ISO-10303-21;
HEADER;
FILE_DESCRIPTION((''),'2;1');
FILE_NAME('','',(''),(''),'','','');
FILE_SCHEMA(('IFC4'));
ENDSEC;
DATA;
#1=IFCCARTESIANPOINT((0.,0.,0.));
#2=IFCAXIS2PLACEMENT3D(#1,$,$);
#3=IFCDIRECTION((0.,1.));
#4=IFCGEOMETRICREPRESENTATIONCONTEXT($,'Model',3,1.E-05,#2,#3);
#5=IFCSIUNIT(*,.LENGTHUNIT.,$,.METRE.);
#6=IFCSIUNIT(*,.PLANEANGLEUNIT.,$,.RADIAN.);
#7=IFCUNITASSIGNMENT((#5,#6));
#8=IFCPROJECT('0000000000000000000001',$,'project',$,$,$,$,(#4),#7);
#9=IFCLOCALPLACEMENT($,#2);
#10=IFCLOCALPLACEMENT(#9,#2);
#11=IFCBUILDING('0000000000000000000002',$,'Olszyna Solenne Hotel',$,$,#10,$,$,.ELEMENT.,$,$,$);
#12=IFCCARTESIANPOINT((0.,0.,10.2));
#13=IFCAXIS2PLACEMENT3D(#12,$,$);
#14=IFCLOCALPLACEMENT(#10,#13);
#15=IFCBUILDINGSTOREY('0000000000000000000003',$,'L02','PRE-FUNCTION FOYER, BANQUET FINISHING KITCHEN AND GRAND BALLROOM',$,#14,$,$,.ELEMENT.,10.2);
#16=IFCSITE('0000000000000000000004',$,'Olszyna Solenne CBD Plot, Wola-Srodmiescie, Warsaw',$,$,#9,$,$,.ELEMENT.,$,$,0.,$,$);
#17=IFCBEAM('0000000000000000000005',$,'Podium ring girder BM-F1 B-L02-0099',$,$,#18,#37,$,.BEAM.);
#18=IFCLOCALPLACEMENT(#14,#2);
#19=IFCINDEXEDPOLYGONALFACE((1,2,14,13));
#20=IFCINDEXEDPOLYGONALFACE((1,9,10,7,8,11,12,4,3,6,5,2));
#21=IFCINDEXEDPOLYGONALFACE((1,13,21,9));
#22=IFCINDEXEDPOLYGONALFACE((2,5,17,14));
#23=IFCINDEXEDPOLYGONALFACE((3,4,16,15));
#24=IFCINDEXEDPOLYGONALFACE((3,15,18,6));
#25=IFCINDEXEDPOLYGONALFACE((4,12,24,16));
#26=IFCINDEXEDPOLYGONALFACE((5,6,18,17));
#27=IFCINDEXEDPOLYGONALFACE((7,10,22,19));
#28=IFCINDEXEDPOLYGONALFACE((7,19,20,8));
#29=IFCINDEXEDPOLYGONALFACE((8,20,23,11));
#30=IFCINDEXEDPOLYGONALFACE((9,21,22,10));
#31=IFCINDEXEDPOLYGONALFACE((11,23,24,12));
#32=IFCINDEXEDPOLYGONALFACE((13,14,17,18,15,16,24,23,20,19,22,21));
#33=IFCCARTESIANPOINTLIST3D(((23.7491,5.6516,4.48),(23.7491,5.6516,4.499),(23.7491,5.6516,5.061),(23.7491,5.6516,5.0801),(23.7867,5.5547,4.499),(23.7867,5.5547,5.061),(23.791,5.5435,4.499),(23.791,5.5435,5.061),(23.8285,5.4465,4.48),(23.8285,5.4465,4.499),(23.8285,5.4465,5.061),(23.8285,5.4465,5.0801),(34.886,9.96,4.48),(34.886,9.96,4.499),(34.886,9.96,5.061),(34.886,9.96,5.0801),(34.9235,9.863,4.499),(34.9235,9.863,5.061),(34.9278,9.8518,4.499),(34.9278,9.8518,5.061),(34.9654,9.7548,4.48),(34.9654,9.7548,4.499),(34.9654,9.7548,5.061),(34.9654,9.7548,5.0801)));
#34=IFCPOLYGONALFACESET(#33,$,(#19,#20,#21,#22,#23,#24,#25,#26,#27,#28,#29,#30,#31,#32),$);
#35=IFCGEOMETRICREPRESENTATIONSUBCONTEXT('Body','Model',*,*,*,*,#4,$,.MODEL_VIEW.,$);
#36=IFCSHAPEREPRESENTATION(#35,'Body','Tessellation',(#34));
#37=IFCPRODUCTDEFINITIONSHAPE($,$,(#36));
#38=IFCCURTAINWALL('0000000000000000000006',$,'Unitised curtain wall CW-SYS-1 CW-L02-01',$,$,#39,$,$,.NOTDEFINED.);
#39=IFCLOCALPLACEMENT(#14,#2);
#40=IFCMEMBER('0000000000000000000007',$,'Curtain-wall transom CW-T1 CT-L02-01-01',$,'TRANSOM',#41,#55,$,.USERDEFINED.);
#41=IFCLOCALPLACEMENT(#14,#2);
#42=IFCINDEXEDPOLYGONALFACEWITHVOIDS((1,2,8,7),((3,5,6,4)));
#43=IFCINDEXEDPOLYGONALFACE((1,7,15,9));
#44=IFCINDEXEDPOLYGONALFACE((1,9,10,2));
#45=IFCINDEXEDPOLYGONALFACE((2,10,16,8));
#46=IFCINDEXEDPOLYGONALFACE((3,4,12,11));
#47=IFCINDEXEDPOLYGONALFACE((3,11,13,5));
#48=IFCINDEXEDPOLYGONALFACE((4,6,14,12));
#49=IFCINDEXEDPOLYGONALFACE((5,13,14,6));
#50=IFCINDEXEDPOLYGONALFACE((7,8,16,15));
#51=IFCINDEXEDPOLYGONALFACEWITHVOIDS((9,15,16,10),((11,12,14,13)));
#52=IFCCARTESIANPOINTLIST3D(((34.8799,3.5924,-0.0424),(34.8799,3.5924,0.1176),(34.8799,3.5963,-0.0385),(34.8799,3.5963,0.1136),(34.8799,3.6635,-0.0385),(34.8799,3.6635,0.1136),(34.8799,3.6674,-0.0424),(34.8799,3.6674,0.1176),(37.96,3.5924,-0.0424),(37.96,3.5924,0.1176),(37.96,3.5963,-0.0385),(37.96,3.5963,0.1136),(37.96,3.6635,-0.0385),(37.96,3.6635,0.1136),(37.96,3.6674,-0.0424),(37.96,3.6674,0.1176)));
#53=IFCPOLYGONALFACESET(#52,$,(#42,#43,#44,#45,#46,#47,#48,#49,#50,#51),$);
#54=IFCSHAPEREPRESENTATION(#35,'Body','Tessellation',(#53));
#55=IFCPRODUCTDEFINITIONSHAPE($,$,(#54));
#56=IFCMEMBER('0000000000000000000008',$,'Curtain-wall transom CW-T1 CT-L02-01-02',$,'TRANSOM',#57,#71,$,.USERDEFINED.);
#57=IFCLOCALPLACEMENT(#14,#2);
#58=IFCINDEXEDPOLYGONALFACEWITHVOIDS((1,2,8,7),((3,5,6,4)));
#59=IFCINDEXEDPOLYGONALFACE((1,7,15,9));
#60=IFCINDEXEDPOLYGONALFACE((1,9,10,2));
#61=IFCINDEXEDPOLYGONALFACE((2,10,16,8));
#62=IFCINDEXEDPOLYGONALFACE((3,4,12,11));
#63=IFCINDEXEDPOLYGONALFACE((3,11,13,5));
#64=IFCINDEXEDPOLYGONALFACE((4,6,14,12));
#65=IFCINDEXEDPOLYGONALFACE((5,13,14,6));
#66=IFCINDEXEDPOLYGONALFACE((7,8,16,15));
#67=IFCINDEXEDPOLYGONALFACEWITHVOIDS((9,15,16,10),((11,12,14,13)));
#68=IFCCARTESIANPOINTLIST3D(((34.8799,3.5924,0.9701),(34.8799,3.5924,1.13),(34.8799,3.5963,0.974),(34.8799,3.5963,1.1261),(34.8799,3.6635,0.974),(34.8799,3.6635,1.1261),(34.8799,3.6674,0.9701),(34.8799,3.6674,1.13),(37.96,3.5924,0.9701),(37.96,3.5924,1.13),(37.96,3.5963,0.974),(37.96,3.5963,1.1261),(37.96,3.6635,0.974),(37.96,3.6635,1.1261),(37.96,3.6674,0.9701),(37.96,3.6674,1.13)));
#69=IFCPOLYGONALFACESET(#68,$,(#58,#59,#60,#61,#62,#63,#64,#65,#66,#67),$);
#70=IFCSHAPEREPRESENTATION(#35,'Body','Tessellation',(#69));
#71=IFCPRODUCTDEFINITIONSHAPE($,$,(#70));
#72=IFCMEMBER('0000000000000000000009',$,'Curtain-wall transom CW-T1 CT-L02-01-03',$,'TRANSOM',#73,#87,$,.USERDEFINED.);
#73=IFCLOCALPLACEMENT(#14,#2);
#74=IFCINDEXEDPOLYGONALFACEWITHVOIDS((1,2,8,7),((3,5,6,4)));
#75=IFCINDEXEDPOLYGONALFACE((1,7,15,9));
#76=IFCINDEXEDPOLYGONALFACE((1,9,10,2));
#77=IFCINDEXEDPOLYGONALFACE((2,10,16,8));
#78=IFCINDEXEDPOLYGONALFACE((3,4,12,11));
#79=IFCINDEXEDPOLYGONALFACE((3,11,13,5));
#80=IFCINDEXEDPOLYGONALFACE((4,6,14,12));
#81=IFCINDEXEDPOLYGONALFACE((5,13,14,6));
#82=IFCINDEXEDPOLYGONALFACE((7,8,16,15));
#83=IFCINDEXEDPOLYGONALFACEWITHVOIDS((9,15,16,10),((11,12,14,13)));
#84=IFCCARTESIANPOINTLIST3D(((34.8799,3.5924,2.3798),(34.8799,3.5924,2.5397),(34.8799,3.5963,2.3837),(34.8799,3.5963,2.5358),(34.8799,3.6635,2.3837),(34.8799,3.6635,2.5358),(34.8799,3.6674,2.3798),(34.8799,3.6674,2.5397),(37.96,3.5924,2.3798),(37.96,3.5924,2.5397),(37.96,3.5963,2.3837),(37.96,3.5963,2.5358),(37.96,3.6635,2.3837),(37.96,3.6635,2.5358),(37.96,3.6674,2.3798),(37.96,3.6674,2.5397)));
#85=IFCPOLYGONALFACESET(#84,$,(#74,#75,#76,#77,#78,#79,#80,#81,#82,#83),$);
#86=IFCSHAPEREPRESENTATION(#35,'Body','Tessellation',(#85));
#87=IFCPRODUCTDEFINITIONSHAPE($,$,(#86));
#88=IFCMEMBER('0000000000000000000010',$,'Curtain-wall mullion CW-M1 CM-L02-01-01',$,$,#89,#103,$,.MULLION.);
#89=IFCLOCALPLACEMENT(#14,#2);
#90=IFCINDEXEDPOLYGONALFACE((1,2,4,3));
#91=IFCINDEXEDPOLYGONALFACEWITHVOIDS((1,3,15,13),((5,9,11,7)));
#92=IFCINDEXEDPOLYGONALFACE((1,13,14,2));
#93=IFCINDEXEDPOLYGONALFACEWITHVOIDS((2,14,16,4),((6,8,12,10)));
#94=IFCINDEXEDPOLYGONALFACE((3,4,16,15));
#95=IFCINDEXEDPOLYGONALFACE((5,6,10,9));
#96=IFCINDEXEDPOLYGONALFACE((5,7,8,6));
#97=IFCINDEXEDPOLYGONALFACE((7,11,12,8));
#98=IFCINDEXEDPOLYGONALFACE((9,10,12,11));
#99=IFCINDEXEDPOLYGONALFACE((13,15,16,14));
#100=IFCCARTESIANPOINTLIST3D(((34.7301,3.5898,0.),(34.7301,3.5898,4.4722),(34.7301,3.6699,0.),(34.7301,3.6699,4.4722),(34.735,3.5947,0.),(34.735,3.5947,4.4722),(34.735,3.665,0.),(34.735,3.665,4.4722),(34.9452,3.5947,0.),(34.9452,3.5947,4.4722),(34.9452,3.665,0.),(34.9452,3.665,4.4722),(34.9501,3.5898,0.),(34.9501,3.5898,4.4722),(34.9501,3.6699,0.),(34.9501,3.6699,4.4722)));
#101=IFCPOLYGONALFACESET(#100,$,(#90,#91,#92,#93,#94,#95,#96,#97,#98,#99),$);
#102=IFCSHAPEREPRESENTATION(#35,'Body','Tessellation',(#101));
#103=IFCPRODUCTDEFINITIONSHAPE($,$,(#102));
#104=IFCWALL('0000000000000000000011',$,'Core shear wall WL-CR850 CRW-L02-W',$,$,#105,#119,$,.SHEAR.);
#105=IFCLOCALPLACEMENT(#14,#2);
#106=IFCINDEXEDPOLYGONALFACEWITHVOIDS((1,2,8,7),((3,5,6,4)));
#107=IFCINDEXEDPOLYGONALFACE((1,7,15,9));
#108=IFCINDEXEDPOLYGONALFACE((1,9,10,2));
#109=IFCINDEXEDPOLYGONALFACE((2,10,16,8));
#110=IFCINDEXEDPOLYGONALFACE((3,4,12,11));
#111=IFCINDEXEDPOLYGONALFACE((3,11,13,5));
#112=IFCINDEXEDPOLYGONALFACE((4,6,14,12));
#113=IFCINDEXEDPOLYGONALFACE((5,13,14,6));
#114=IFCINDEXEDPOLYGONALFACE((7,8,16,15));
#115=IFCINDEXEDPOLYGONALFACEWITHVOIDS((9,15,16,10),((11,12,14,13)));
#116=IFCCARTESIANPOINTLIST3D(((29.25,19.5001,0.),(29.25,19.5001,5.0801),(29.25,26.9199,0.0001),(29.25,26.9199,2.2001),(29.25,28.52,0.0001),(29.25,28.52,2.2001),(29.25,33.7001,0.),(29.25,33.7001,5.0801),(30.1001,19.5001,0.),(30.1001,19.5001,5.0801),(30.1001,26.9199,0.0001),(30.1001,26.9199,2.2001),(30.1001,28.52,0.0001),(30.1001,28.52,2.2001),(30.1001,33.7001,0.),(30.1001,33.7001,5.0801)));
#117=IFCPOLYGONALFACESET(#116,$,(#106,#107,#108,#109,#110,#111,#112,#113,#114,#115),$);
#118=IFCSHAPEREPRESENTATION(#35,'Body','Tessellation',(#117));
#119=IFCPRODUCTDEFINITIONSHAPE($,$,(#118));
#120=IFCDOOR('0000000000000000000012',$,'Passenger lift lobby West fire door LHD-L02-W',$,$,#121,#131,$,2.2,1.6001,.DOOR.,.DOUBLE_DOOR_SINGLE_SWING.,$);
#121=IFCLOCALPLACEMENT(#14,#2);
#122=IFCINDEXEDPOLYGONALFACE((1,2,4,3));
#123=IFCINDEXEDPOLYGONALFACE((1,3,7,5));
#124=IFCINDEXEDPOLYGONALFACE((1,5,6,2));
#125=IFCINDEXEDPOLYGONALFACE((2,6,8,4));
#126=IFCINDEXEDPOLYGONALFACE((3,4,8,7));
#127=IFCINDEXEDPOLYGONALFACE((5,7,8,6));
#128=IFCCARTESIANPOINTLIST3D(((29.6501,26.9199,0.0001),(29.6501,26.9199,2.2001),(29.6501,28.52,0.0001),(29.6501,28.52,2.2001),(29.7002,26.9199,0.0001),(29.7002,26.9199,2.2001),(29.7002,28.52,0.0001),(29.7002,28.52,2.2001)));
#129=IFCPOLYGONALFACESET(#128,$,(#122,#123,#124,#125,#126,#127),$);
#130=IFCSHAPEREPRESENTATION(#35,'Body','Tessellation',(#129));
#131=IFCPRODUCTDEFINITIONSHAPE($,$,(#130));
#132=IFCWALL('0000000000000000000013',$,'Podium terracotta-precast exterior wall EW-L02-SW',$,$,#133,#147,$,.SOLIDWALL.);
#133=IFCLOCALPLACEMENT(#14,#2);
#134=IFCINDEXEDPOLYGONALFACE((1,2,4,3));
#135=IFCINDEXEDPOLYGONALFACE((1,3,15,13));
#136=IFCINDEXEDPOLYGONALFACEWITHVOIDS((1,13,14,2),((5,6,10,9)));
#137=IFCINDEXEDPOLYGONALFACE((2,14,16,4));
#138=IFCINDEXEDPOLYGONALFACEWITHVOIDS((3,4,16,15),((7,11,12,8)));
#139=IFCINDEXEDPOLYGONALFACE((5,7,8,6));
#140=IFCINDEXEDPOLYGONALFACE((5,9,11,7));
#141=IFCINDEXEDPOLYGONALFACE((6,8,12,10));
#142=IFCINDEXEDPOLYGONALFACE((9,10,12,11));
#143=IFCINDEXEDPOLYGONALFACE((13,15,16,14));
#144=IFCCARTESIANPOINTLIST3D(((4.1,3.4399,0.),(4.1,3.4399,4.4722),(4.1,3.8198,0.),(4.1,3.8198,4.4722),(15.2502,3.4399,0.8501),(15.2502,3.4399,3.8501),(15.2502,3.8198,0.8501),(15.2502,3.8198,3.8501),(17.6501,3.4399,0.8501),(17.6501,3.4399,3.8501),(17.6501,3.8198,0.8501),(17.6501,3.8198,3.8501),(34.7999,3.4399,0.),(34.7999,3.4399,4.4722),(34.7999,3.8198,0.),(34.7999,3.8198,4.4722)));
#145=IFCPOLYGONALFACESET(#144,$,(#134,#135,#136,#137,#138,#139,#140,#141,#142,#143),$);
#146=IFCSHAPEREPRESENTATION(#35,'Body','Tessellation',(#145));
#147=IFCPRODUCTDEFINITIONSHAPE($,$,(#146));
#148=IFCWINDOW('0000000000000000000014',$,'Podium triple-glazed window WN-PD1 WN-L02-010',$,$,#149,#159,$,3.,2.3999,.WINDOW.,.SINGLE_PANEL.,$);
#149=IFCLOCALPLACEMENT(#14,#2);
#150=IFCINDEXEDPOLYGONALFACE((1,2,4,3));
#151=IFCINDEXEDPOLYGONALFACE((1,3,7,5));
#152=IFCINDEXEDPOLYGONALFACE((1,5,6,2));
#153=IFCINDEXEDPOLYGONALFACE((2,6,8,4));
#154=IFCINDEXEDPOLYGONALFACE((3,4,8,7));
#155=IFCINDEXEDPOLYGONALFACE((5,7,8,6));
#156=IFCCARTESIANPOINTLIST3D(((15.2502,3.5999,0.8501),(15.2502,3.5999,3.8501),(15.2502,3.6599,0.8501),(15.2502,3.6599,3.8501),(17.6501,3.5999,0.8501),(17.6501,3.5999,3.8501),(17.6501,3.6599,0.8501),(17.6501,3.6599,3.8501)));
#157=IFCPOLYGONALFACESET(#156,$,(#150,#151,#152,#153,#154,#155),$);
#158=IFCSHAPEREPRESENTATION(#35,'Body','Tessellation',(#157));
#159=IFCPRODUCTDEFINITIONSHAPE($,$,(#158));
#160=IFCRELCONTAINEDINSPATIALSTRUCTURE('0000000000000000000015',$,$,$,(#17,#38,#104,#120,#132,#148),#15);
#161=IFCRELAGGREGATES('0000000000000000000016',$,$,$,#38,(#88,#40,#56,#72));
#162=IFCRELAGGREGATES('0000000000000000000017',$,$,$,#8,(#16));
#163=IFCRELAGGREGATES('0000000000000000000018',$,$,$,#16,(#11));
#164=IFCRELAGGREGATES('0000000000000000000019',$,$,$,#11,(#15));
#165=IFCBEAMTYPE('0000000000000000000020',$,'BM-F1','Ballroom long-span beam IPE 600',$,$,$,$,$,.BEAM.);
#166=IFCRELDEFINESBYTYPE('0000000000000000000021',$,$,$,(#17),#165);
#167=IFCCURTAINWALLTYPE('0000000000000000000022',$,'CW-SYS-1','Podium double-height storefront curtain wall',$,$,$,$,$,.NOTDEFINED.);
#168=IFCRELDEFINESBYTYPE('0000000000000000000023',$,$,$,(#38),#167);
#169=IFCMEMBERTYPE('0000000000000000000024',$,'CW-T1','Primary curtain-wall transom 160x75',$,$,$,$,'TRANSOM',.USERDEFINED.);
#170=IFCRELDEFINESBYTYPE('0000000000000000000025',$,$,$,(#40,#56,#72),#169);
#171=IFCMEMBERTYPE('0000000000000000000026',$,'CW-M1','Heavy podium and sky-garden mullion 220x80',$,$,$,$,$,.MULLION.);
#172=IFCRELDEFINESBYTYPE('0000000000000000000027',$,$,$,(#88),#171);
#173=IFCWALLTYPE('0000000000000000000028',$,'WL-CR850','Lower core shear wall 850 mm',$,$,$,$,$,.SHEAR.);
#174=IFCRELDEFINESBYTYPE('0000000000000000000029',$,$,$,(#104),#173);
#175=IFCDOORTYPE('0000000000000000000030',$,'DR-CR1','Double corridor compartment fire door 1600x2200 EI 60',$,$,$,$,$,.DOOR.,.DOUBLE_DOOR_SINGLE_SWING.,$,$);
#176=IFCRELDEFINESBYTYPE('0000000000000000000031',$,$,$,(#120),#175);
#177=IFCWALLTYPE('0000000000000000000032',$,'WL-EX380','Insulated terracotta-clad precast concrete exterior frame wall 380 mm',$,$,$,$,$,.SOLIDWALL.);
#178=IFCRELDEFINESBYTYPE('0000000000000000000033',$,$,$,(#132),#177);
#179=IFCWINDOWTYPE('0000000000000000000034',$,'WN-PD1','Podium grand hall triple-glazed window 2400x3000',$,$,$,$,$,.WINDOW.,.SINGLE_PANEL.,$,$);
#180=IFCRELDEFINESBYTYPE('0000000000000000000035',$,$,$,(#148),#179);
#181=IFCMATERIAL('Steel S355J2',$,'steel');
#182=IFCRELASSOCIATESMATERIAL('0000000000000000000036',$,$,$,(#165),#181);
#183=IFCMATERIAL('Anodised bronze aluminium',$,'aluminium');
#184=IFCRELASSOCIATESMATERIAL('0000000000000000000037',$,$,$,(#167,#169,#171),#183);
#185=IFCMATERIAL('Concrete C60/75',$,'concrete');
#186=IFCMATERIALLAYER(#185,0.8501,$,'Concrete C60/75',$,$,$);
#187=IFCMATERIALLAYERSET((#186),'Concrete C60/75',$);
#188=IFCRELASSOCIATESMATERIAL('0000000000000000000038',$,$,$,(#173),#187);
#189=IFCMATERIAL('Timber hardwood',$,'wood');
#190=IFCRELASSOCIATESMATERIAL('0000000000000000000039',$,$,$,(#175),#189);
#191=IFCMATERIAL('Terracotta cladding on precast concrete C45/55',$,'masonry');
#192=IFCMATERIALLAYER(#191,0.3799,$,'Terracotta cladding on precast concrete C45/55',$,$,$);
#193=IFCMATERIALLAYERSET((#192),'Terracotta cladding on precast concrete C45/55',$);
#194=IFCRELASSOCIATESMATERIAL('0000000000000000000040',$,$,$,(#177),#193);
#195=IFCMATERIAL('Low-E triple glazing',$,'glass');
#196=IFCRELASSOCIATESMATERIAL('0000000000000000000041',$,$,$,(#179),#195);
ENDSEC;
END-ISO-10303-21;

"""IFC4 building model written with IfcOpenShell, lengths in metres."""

from ifc_helpers import new_model, si_unit, direction, frame, frame_2d, origin, origin_2d, place, context, subcontext, project, spatial, rectangle, hollow_rectangle, i_section, extrude, source, transform, mapped, material, layer, layer_set, material_profile, profile_set, type_object, type_shapes, element, fill, aggregate, save


model = new_model("IFC4")

# Units and contexts
model_context = context("Model", 3, precision=1e-05, world=origin(), true_north=direction((0.0, 1.0)))
body_context = subcontext(model_context, "Body", "Model", "MODEL_VIEW")
ifc_project = project(units=[si_unit("LENGTHUNIT", "METRE"), si_unit("PLANEANGLEUNIT", "RADIAN")], contexts=[model_context])

# Site, building, storey
site_placement = place(None, origin())
site = spatial("IfcSite", under=ifc_project, at=site_placement, Name="Olszyna Solenne CBD Plot, Wola-Srodmiescie, Warsaw", CompositionType="ELEMENT", RefElevation=0.0)
building_placement = place(site_placement, origin())
building = spatial("IfcBuilding", under=site, at=building_placement, Name="Olszyna Solenne Hotel", CompositionType="ELEMENT")
storey_placement = place(building_placement, frame((0.0, 0.0, 10.2)))
storey = spatial("IfcBuildingStorey", under=building, at=storey_placement, Name="L02", Description="PRE-FUNCTION FOYER, BANQUET FINISHING KITCHEN AND GRAND BALLROOM", CompositionType="ELEMENT", Elevation=10.2)

# Beam
ifc_material_1 = material(Name="Steel S355J2", Category="steel")
ifc_material_profile_1 = material_profile(ifc_material_1, i_section(OverallWidth=0.22, OverallDepth=0.6001, WebThickness=0.012, FlangeThickness=0.019, at=origin_2d()), Name="IPE 600", Category="load-bearing")
ifc_profile_set_1 = profile_set([ifc_material_profile_1], Name="Steel S355J2")
beam_type = type_object("IfcBeamType", Name="BM-F1", Description="Ballroom long-span beam IPE 600", PredefinedType="BEAM", material=ifc_profile_set_1)
shared_shape_1 = source(origin(), body_context, "Body", "SweptSolid", [
    extrude(i_section(OverallWidth=0.22, OverallDepth=0.6001, WebThickness=0.012, FlangeThickness=0.019, at=origin_2d()), origin(), (0.0, 0.0, 1.0), 11.9412),
])
beam_placement = place(storey_placement, frame((23.7888, 5.5491, 4.78), z_axis=(0.932645, 0.360795, 0.0), x_axis=(-0.360795, 0.932645, 0.0)))
element("IfcBeam", 1, at=beam_placement, inside=storey, type_object=beam_type, Name="Podium ring girder BM-F1 B-L02-0099", PredefinedType="BEAM", context=body_context, shape_type="MappedRepresentation", body=[
    mapped(shared_shape_1, transform((0.0, 0.0, 0.0), x_axis=(1.0, 0.0, 0.0), y_axis=(0.0, 1.0, 0.0), z_axis=(0.0, 0.0, 1.0), scale=1.0)),
])

# Curtain wall, members
ifc_material_2 = material(Name="Anodised bronze aluminium", Category="aluminium")
curtain_wall_type = type_object("IfcCurtainWallType", Name="CW-SYS-1", Description="Podium double-height storefront curtain wall", PredefinedType="NOTDEFINED", material=ifc_material_2)
curtain_wall_placement = place(storey_placement, origin())
curtain_wall = element("IfcCurtainWall", 2, at=curtain_wall_placement, inside=storey, type_object=curtain_wall_type, Name="Unitised curtain wall CW-SYS-1 CW-L02-01", PredefinedType="NOTDEFINED")
ifc_material_profile_2 = material_profile(ifc_material_2, hollow_rectangle(XDim=0.075, YDim=0.1599, WallThickness=0.0039, at=origin_2d()), Name="TRAN 160x75x4", Category="load-bearing")
ifc_profile_set_2 = profile_set([ifc_material_profile_2], Name="Anodised bronze aluminium")
member_type_1 = type_object("IfcMemberType", Name="CW-T1", Description="Primary curtain-wall transom 160x75", ElementType="TRANSOM", PredefinedType="USERDEFINED", material=ifc_profile_set_2)
shared_shape_2 = source(origin(), body_context, "Body", "SweptSolid", [
    extrude(hollow_rectangle(XDim=0.075, YDim=0.1599, WallThickness=0.0039, at=origin_2d()), origin(), (0.0, 0.0, 1.0), 3.0801),
])
member_1_placement = place(storey_placement, frame((34.8799, 3.6299, 0.0376), z_axis=(1.0, 0.0, 0.0), x_axis=(0.0, 1.0, 0.0)))
member_1 = element("IfcMember", 3, at=member_1_placement, type_object=member_type_1, Name="Curtain-wall transom CW-T1 CT-L02-01-01", ObjectType="TRANSOM", PredefinedType="USERDEFINED", context=body_context, shape_type="MappedRepresentation", body=[
    mapped(shared_shape_2, transform((0.0, 0.0, 0.0), x_axis=(1.0, 0.0, 0.0), y_axis=(0.0, 1.0, 0.0), z_axis=(0.0, 0.0, 1.0), scale=1.0)),
])
member_2_placement = place(storey_placement, frame((34.8799, 3.6299, 1.05), z_axis=(1.0, 0.0, 0.0), x_axis=(0.0, 1.0, 0.0)))
member_2 = element("IfcMember", 4, at=member_2_placement, type_object=member_type_1, Name="Curtain-wall transom CW-T1 CT-L02-01-02", ObjectType="TRANSOM", PredefinedType="USERDEFINED", context=body_context, shape_type="MappedRepresentation", body=[
    mapped(shared_shape_2, transform((0.0, 0.0, 0.0), x_axis=(1.0, 0.0, 0.0), y_axis=(0.0, 1.0, 0.0), z_axis=(0.0, 0.0, 1.0), scale=1.0)),
])
member_3_placement = place(storey_placement, frame((34.8799, 3.6299, 2.4597), z_axis=(1.0, 0.0, 0.0), x_axis=(0.0, 1.0, 0.0)))
member_3 = element("IfcMember", 5, at=member_3_placement, type_object=member_type_1, Name="Curtain-wall transom CW-T1 CT-L02-01-03", ObjectType="TRANSOM", PredefinedType="USERDEFINED", context=body_context, shape_type="MappedRepresentation", body=[
    mapped(shared_shape_2, transform((0.0, 0.0, 0.0), x_axis=(1.0, 0.0, 0.0), y_axis=(0.0, 1.0, 0.0), z_axis=(0.0, 0.0, 1.0), scale=1.0)),
])
ifc_material_profile_3 = material_profile(ifc_material_2, hollow_rectangle(XDim=0.0801, YDim=0.22, WallThickness=0.0049, at=origin_2d()), Name="MULL 220x80x5", Category="load-bearing")
ifc_profile_set_3 = profile_set([ifc_material_profile_3], Name="Anodised bronze aluminium")
member_type_2 = type_object("IfcMemberType", Name="CW-M1", Description="Heavy podium and sky-garden mullion 220x80", PredefinedType="MULLION", material=ifc_profile_set_3)
shared_shape_3 = source(origin(), body_context, "Body", "SweptSolid", [
    extrude(hollow_rectangle(XDim=0.0801, YDim=0.22, WallThickness=0.0049, at=origin_2d()), origin(), (0.0, 0.0, 1.0), 4.4722),
])
member_4_placement = place(storey_placement, frame((34.8401, 3.6299, 0.0), z_axis=(0.0, 0.0, 1.0), x_axis=(0.0, 1.0, 0.0)))
member_4 = element("IfcMember", 6, at=member_4_placement, type_object=member_type_2, Name="Curtain-wall mullion CW-M1 CM-L02-01-01", PredefinedType="MULLION", context=body_context, shape_type="MappedRepresentation", body=[
    mapped(shared_shape_3, transform((0.0, 0.0, 0.0), x_axis=(1.0, 0.0, 0.0), y_axis=(0.0, 1.0, 0.0), z_axis=(0.0, 0.0, 1.0), scale=1.0)),
])
aggregate(curtain_wall, [member_4, member_1, member_2, member_3])

# Wall, opening, door
ifc_material_3 = material(Name="Concrete C60/75", Category="concrete")
ifc_layer_1 = layer(ifc_material_3, 0.8501, Name="Concrete C60/75")
ifc_layer_set_1 = layer_set([ifc_layer_1], Name="Concrete C60/75")
wall_type_1 = type_object("IfcWallType", Name="WL-CR850", Description="Lower core shear wall 850 mm", PredefinedType="SHEAR", material=ifc_layer_set_1)
wall_1_placement = place(storey_placement, frame((29.675, 19.5, 0.0), z_axis=(0.0, 0.0, 1.0), x_axis=(0.0, 1.0, 0.0)))
wall_1 = element("IfcWall", 7, at=wall_1_placement, inside=storey, type_object=wall_type_1, Name="Core shear wall WL-CR850 CRW-L02-W", PredefinedType="SHEAR", context=body_context, shape_type="SweptSolid", body=[
    extrude(rectangle(XDim=14.2, YDim=0.8501, at=frame_2d((7.1001, 0.0))), origin(), (0.0, 0.0, 1.0), 5.0801),
])
opening_1_placement = place(wall_1_placement, frame((7.4199, 0.0, 0.0)))
opening_1 = element("IfcOpeningElement", 8, at=opening_1_placement, cuts=wall_1, PredefinedType="OPENING", context=body_context, shape_type="SweptSolid", body=[
    extrude(rectangle(XDim=1.6001, YDim=2.2, at=frame_2d((0.8, 1.1001))), frame((0.0, 0.4351, 0.0), z_axis=(0.0, -1.0, 0.0), x_axis=(1.0, 0.0, 0.0)), (0.0, 0.0, 1.0), 0.8701),
])
ifc_material_4 = material(Name="Timber hardwood", Category="wood")
door_type_1 = type_object("IfcDoorType", Name="DR-CR1", Description="Double corridor compartment fire door 1600x2200 EI 60", OperationType="DOUBLE_DOOR_SINGLE_SWING", PredefinedType="DOOR", material=ifc_material_4)
shared_shape_4 = source(origin(), body_context, "Body", "SweptSolid", [
    extrude(rectangle(XDim=1.6001, YDim=2.2, at=frame_2d((0.8, 1.1001))), frame((0.0, 0.0249, 0.0), z_axis=(0.0, -1.0, 0.0), x_axis=(1.0, 0.0, 0.0)), (0.0, 0.0, 1.0), 0.05),
])
type_shapes(door_type_1, [shared_shape_4])
door_1_placement = place(opening_1_placement, origin())
door_1 = element("IfcDoor", 9, at=door_1_placement, inside=storey, type_object=door_type_1, Name="Passenger lift lobby West fire door LHD-L02-W", OperationType="DOUBLE_DOOR_SINGLE_SWING", OverallHeight=2.2, OverallWidth=1.6001, PredefinedType="DOOR", context=body_context, shape_type="MappedRepresentation", body=[
    mapped(shared_shape_4, transform((0.0, 0.0, 0.0), x_axis=(1.0, 0.0, 0.0), y_axis=(0.0, 1.0, 0.0), z_axis=(0.0, 0.0, 1.0), scale=1.0)),
])
fill(opening_1, door_1)

# Wall, opening, window
ifc_material_5 = material(Name="Terracotta cladding on precast concrete C45/55", Category="masonry")
ifc_layer_2 = layer(ifc_material_5, 0.3799, Name="Terracotta cladding on precast concrete C45/55")
ifc_layer_set_2 = layer_set([ifc_layer_2], Name="Terracotta cladding on precast concrete C45/55")
wall_type_2 = type_object("IfcWallType", Name="WL-EX380", Description="Insulated terracotta-clad precast concrete exterior frame wall 380 mm", PredefinedType="SOLIDWALL", material=ifc_layer_set_2)
wall_2_placement = place(storey_placement, frame((34.8, 3.6299, 0.0), z_axis=(0.0, 0.0, 1.0), x_axis=(-1.0, 0.0, 0.0)))
wall_2 = element("IfcWall", 10, at=wall_2_placement, inside=storey, type_object=wall_type_2, Name="Podium terracotta-precast exterior wall EW-L02-SW", PredefinedType="SOLIDWALL", context=body_context, shape_type="SweptSolid", body=[
    extrude(rectangle(XDim=30.7, YDim=0.3799, at=frame_2d((15.3501, 0.0))), origin(), (0.0, 0.0, 1.0), 4.4722),
])
opening_2_placement = place(wall_2_placement, frame((17.1499, 0.0, 0.8501)))
opening_2 = element("IfcOpeningElement", 11, at=opening_2_placement, cuts=wall_2, PredefinedType="OPENING", context=body_context, shape_type="SweptSolid", body=[
    extrude(rectangle(XDim=2.3999, YDim=3.0, at=frame_2d((1.2, 1.5))), frame((0.0, 0.2, 0.0), z_axis=(0.0, -1.0, 0.0), x_axis=(1.0, 0.0, 0.0)), (0.0, 0.0, 1.0), 0.3999),
])
ifc_material_6 = material(Name="Low-E triple glazing", Category="glass")
window_type = type_object("IfcWindowType", Name="WN-PD1", Description="Podium grand hall triple-glazed window 2400x3000", PartitioningType="SINGLE_PANEL", PredefinedType="WINDOW", material=ifc_material_6)
shared_shape_5 = source(origin(), body_context, "Body", "SweptSolid", [
    extrude(rectangle(XDim=2.3999, YDim=3.0, at=frame_2d((1.2, 1.5))), frame((0.0, 0.03, 0.0), z_axis=(0.0, -1.0, 0.0), x_axis=(1.0, 0.0, 0.0)), (0.0, 0.0, 1.0), 0.0601),
])
type_shapes(window_type, [shared_shape_5])
window_placement = place(opening_2_placement, origin())
window = element("IfcWindow", 12, at=window_placement, inside=storey, type_object=window_type, Name="Podium triple-glazed window WN-PD1 WN-L02-010", OverallHeight=3.0, OverallWidth=2.3999, PartitioningType="SINGLE_PANEL", PredefinedType="WINDOW", context=body_context, shape_type="MappedRepresentation", body=[
    mapped(shared_shape_5, transform((0.0, 0.0, 0.0), x_axis=(1.0, 0.0, 0.0), y_axis=(0.0, 1.0, 0.0), z_axis=(0.0, 0.0, 1.0), scale=1.0)),
])
fill(opening_2, window)

save(model, "model.ifc")
